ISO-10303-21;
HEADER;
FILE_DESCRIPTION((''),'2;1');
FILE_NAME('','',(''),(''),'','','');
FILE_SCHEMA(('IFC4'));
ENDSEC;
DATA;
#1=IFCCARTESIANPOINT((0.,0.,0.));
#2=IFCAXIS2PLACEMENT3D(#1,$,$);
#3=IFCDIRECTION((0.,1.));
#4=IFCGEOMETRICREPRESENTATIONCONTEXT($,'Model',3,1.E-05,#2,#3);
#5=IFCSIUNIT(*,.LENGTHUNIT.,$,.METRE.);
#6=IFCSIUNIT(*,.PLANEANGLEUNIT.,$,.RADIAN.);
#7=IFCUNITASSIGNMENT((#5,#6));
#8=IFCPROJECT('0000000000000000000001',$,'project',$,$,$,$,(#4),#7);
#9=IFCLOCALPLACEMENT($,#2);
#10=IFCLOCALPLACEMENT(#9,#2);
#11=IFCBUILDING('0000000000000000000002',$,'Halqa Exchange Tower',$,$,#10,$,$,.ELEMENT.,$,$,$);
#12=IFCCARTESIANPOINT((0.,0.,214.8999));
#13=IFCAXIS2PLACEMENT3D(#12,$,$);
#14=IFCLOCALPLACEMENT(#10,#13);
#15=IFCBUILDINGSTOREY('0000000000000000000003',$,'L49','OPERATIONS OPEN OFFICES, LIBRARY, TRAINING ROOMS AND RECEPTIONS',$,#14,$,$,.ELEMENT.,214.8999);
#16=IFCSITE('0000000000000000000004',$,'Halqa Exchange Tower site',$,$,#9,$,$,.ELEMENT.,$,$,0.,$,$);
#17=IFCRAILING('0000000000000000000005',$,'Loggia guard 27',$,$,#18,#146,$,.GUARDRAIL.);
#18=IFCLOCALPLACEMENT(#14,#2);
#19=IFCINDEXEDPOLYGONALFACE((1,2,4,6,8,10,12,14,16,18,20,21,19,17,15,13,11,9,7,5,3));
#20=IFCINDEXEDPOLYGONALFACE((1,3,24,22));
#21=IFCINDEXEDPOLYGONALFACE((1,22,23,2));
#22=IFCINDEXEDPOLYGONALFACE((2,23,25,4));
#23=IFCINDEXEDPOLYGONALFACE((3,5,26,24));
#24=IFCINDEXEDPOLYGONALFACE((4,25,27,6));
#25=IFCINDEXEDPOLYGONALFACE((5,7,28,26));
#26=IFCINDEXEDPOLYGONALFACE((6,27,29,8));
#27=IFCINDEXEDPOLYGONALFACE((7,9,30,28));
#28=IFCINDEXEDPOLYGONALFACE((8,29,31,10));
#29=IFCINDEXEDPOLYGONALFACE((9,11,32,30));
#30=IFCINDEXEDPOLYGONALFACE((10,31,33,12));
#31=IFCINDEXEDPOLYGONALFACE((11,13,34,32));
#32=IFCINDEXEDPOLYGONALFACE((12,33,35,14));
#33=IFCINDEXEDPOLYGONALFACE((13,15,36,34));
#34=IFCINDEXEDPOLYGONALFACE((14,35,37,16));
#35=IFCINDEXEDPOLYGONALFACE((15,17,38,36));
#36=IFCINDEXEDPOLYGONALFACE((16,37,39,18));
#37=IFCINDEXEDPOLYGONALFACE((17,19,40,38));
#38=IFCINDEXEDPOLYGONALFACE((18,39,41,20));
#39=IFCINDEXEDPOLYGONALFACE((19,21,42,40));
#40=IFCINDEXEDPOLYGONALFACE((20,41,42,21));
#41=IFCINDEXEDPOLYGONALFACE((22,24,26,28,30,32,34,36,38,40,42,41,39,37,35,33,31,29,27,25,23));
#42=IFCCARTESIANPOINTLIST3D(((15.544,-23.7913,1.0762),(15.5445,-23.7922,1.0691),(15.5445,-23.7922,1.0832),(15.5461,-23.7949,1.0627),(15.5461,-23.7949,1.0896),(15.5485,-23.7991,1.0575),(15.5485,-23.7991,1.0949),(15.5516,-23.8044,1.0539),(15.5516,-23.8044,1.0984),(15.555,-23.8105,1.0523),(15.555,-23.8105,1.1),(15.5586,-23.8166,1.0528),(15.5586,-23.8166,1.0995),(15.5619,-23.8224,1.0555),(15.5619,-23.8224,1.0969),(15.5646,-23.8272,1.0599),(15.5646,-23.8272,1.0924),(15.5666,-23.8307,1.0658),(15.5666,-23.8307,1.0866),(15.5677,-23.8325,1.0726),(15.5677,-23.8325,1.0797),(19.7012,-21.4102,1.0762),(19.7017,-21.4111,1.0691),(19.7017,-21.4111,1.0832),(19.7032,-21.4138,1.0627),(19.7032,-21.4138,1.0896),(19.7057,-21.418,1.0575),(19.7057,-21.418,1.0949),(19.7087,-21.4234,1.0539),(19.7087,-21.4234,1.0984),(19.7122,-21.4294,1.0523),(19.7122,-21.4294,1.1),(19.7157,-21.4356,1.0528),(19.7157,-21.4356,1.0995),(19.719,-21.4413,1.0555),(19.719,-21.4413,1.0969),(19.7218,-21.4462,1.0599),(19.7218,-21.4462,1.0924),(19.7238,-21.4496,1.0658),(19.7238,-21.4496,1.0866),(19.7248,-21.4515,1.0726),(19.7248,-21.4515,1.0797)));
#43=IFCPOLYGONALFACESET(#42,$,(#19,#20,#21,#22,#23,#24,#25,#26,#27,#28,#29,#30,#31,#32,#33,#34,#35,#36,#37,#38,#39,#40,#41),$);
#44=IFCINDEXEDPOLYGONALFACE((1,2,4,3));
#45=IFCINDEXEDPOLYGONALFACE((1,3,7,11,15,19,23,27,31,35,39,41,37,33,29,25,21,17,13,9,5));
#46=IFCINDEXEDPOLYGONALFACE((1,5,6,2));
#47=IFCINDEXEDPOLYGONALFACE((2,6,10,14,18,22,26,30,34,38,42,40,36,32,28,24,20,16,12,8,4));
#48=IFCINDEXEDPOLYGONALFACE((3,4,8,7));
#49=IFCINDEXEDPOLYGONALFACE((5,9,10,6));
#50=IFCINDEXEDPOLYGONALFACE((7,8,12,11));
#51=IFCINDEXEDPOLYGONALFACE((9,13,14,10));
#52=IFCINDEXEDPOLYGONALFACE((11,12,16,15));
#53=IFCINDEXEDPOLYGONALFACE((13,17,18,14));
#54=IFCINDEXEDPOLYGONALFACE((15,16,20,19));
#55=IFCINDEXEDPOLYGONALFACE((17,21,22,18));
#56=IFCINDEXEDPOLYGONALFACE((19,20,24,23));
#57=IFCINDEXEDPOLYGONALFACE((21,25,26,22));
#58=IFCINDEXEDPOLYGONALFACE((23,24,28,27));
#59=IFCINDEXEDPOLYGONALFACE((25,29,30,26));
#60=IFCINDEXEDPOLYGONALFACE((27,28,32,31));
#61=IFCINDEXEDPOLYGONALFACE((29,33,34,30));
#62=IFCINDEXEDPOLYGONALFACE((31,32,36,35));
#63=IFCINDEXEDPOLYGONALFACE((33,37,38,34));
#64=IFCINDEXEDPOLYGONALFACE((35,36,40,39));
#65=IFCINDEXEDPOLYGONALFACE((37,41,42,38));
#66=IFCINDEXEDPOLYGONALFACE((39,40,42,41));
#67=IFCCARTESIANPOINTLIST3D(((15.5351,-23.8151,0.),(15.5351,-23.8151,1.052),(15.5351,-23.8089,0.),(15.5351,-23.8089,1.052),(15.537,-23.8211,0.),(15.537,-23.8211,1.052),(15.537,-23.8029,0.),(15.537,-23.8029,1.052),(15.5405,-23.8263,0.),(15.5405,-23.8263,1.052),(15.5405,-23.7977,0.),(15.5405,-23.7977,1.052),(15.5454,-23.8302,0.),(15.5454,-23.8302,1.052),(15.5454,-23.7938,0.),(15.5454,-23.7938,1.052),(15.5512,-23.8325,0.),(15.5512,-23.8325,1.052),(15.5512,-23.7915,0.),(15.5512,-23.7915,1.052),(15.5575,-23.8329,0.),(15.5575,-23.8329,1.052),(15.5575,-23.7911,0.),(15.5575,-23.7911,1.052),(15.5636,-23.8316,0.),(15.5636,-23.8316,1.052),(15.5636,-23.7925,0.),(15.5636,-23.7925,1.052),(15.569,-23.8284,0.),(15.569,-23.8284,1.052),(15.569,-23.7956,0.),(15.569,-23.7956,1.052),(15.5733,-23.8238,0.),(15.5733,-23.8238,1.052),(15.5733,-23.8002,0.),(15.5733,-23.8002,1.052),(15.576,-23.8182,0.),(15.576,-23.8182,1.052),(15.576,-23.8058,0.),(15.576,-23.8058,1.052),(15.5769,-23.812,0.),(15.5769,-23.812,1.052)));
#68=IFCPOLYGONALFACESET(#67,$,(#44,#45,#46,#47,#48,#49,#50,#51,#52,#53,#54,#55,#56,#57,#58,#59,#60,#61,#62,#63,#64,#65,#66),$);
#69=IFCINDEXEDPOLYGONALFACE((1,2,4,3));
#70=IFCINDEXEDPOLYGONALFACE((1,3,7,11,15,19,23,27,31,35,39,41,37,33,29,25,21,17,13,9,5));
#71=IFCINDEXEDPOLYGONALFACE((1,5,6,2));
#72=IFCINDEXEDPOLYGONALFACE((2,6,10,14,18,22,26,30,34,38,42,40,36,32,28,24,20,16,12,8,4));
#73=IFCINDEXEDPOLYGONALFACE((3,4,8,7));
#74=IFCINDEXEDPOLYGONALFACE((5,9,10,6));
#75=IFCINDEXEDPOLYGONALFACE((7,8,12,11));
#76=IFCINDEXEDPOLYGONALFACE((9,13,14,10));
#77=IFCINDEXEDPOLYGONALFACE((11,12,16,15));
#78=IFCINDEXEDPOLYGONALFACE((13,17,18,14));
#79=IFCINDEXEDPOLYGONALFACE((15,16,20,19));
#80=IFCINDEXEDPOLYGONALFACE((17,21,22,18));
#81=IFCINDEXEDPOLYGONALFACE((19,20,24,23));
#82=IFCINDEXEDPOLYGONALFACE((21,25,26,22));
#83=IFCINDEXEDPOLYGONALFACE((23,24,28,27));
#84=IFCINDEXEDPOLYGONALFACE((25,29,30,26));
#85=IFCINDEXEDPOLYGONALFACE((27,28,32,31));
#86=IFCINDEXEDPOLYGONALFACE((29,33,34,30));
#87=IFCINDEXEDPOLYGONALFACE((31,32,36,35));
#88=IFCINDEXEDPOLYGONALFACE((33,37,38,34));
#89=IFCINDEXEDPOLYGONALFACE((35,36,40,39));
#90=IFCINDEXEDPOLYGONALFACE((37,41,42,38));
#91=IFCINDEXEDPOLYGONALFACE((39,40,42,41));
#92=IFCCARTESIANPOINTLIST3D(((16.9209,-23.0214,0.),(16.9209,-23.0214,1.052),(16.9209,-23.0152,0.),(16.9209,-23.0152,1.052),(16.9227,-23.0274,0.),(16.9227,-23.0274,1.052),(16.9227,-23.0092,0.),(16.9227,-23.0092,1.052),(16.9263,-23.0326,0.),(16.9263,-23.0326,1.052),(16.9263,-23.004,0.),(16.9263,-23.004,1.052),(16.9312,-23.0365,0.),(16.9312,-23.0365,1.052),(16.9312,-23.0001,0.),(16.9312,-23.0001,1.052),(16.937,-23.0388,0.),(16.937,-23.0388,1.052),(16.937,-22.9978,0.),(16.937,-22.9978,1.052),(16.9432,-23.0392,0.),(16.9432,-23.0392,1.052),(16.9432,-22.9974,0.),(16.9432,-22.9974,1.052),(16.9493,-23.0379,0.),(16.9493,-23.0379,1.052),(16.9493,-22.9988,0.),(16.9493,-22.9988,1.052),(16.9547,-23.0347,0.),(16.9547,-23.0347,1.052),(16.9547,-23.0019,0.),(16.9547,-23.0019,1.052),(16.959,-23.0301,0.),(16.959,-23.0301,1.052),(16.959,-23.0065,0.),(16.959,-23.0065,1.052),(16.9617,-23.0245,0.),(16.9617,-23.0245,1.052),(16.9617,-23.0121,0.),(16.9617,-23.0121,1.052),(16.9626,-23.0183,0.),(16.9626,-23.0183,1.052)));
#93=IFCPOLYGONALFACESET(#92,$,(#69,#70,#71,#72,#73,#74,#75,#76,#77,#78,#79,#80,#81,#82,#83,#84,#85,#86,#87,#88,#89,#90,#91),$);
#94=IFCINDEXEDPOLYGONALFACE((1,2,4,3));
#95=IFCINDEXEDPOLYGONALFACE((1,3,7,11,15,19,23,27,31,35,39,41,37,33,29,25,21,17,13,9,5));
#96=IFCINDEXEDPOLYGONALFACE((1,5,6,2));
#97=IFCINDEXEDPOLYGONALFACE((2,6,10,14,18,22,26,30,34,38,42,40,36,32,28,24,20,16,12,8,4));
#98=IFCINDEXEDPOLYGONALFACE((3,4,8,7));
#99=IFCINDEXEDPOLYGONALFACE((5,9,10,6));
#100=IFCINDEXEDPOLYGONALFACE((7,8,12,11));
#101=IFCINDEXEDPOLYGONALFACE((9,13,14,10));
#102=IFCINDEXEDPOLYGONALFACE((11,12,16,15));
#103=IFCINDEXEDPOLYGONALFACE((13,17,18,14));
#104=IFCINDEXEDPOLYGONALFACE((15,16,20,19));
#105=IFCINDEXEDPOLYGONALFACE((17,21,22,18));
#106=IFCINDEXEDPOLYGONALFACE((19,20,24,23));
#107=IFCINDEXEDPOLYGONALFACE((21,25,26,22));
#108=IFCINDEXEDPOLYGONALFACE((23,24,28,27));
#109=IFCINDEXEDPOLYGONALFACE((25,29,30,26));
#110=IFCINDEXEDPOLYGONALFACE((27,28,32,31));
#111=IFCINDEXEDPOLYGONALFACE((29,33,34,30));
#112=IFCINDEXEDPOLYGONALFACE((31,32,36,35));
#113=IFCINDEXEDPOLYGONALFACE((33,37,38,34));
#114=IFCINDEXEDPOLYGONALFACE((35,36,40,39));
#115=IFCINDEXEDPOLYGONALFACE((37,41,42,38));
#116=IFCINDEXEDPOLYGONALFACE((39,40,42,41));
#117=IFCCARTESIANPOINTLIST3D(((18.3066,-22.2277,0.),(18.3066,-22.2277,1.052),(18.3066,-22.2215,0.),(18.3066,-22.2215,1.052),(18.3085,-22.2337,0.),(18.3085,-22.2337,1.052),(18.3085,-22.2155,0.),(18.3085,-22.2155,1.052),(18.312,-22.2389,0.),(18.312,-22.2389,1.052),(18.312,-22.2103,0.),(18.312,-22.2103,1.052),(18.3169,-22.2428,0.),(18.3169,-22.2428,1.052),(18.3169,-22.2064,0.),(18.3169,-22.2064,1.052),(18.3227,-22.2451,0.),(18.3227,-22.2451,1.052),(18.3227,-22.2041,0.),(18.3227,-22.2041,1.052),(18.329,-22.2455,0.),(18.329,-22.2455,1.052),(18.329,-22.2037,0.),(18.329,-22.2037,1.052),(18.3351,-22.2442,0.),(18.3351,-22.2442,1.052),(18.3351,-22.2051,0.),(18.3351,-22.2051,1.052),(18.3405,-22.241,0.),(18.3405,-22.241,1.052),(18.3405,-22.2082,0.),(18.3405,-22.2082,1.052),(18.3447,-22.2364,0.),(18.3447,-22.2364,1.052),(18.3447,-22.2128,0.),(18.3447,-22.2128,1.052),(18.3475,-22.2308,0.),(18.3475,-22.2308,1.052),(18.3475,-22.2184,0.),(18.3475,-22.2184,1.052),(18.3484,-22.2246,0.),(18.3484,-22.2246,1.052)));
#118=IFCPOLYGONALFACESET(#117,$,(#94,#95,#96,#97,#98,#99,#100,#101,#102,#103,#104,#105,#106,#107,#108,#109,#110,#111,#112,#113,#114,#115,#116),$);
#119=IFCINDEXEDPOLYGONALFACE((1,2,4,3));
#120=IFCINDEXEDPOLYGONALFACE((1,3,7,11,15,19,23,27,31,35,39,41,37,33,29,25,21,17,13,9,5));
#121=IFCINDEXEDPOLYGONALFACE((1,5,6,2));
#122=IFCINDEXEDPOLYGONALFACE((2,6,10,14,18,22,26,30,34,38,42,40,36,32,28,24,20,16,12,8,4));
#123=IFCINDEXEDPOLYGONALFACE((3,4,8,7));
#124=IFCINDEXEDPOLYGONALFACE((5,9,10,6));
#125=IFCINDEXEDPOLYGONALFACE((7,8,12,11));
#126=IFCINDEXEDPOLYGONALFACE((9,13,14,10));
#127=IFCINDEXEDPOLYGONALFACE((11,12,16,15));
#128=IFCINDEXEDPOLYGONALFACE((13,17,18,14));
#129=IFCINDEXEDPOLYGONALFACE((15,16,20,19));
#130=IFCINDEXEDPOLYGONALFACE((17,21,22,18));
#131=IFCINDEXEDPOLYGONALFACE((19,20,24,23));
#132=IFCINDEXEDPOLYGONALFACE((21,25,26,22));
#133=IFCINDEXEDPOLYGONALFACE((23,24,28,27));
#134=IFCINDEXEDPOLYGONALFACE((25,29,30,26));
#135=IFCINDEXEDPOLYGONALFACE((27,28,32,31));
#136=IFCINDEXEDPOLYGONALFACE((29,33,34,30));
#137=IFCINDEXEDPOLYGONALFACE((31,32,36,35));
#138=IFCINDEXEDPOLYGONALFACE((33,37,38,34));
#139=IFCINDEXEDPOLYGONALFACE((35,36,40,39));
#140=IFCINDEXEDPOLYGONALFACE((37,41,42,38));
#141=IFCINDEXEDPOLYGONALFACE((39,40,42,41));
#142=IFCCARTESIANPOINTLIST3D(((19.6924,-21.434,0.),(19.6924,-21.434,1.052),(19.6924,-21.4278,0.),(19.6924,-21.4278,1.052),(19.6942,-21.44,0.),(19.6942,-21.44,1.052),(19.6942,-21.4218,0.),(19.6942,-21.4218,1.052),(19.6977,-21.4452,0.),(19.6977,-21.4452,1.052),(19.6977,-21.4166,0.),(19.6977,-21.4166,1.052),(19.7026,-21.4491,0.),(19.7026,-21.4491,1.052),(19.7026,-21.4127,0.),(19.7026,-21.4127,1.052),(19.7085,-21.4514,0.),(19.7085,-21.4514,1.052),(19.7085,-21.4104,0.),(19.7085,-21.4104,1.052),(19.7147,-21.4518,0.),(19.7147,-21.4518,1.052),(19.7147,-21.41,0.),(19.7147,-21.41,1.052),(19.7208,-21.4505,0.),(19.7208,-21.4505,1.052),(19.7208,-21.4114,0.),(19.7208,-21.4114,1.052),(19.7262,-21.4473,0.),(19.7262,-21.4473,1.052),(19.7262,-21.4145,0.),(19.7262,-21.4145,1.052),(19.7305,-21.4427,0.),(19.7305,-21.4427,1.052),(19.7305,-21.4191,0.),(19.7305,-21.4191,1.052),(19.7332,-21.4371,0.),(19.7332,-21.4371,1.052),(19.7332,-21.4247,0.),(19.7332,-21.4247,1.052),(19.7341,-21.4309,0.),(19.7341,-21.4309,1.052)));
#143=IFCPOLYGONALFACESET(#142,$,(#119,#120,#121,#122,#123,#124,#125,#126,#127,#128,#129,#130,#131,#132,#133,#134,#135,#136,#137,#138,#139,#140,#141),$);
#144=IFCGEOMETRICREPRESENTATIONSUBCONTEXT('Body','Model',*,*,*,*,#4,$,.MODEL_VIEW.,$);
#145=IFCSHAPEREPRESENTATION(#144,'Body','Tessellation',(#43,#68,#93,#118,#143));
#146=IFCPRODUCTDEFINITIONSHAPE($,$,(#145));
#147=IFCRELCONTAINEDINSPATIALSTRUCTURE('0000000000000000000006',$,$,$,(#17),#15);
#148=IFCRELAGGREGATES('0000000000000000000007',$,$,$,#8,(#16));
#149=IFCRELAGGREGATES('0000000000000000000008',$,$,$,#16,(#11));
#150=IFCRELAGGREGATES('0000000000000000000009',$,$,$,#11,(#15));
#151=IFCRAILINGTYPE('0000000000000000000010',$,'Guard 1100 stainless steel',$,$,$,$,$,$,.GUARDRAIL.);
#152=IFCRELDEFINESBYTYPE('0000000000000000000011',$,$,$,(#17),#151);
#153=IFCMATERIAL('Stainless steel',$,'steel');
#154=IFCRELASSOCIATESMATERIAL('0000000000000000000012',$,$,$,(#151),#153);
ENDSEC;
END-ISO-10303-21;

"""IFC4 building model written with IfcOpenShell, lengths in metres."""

from ifc_helpers import new_model, si_unit, direction, frame, origin, origin_2d, place, context, subcontext, project, spatial, circle, extrude, material, type_object, element, save


model = new_model("IFC4")

# Units and contexts
model_context = context("Model", 3, precision=1e-05, world=origin(), true_north=direction((0.0, 1.0)))
body_context = subcontext(model_context, "Body", "Model", "MODEL_VIEW")
ifc_project = project(units=[si_unit("LENGTHUNIT", "METRE"), si_unit("PLANEANGLEUNIT", "RADIAN")], contexts=[model_context])

# Site, building, storey
site_placement = place(None, origin())
site = spatial("IfcSite", under=ifc_project, at=site_placement, Name="Halqa Exchange Tower site", CompositionType="ELEMENT", RefElevation=0.0)
building_placement = place(site_placement, origin())
building = spatial("IfcBuilding", under=site, at=building_placement, Name="Halqa Exchange Tower", CompositionType="ELEMENT")
storey_placement = place(building_placement, frame((0.0, 0.0, 214.8999)))
storey = spatial("IfcBuildingStorey", under=building, at=storey_placement, Name="L49", Description="OPERATIONS OPEN OFFICES, LIBRARY, TRAINING ROOMS AND RECEPTIONS", CompositionType="ELEMENT", Elevation=214.8999)

# Railing
ifc_material_1 = material(Name="Stainless steel", Category="steel")
railing_type = type_object("IfcRailingType", Name="Guard 1100 stainless steel", PredefinedType="GUARDRAIL", material=ifc_material_1)
railing_1_placement = place(storey_placement, frame((15.5559, -23.812, 0.0)))
element("IfcRailing", 1, at=railing_1_placement, inside=storey, type_object=railing_type, Name="Loggia guard 27", PredefinedType="GUARDRAIL", context=body_context, shape_type="SweptSolid", body=[
    extrude(circle(Radius=0.0239, at=origin_2d()), frame((0.0, 0.0, 1.0762), z_axis=(0.867744, 0.497011, 0.0), x_axis=(-0.497011, 0.867744, 0.0)), (0.0, 0.0, 1.0), 4.7908),
    extrude(circle(Radius=0.021, at=origin_2d()), origin(), (0.0, 0.0, 1.0), 1.052),
    extrude(circle(Radius=0.021, at=origin_2d()), frame((1.3857, 0.7937, 0.0)), (0.0, 0.0, 1.0), 1.052),
    extrude(circle(Radius=0.021, at=origin_2d()), frame((2.7715, 1.5874, 0.0)), (0.0, 0.0, 1.0), 1.052),
    extrude(circle(Radius=0.021, at=origin_2d()), frame((4.1572, 2.3811, 0.0)), (0.0, 0.0, 1.0), 1.052),
])

save(model, "model.ifc")
